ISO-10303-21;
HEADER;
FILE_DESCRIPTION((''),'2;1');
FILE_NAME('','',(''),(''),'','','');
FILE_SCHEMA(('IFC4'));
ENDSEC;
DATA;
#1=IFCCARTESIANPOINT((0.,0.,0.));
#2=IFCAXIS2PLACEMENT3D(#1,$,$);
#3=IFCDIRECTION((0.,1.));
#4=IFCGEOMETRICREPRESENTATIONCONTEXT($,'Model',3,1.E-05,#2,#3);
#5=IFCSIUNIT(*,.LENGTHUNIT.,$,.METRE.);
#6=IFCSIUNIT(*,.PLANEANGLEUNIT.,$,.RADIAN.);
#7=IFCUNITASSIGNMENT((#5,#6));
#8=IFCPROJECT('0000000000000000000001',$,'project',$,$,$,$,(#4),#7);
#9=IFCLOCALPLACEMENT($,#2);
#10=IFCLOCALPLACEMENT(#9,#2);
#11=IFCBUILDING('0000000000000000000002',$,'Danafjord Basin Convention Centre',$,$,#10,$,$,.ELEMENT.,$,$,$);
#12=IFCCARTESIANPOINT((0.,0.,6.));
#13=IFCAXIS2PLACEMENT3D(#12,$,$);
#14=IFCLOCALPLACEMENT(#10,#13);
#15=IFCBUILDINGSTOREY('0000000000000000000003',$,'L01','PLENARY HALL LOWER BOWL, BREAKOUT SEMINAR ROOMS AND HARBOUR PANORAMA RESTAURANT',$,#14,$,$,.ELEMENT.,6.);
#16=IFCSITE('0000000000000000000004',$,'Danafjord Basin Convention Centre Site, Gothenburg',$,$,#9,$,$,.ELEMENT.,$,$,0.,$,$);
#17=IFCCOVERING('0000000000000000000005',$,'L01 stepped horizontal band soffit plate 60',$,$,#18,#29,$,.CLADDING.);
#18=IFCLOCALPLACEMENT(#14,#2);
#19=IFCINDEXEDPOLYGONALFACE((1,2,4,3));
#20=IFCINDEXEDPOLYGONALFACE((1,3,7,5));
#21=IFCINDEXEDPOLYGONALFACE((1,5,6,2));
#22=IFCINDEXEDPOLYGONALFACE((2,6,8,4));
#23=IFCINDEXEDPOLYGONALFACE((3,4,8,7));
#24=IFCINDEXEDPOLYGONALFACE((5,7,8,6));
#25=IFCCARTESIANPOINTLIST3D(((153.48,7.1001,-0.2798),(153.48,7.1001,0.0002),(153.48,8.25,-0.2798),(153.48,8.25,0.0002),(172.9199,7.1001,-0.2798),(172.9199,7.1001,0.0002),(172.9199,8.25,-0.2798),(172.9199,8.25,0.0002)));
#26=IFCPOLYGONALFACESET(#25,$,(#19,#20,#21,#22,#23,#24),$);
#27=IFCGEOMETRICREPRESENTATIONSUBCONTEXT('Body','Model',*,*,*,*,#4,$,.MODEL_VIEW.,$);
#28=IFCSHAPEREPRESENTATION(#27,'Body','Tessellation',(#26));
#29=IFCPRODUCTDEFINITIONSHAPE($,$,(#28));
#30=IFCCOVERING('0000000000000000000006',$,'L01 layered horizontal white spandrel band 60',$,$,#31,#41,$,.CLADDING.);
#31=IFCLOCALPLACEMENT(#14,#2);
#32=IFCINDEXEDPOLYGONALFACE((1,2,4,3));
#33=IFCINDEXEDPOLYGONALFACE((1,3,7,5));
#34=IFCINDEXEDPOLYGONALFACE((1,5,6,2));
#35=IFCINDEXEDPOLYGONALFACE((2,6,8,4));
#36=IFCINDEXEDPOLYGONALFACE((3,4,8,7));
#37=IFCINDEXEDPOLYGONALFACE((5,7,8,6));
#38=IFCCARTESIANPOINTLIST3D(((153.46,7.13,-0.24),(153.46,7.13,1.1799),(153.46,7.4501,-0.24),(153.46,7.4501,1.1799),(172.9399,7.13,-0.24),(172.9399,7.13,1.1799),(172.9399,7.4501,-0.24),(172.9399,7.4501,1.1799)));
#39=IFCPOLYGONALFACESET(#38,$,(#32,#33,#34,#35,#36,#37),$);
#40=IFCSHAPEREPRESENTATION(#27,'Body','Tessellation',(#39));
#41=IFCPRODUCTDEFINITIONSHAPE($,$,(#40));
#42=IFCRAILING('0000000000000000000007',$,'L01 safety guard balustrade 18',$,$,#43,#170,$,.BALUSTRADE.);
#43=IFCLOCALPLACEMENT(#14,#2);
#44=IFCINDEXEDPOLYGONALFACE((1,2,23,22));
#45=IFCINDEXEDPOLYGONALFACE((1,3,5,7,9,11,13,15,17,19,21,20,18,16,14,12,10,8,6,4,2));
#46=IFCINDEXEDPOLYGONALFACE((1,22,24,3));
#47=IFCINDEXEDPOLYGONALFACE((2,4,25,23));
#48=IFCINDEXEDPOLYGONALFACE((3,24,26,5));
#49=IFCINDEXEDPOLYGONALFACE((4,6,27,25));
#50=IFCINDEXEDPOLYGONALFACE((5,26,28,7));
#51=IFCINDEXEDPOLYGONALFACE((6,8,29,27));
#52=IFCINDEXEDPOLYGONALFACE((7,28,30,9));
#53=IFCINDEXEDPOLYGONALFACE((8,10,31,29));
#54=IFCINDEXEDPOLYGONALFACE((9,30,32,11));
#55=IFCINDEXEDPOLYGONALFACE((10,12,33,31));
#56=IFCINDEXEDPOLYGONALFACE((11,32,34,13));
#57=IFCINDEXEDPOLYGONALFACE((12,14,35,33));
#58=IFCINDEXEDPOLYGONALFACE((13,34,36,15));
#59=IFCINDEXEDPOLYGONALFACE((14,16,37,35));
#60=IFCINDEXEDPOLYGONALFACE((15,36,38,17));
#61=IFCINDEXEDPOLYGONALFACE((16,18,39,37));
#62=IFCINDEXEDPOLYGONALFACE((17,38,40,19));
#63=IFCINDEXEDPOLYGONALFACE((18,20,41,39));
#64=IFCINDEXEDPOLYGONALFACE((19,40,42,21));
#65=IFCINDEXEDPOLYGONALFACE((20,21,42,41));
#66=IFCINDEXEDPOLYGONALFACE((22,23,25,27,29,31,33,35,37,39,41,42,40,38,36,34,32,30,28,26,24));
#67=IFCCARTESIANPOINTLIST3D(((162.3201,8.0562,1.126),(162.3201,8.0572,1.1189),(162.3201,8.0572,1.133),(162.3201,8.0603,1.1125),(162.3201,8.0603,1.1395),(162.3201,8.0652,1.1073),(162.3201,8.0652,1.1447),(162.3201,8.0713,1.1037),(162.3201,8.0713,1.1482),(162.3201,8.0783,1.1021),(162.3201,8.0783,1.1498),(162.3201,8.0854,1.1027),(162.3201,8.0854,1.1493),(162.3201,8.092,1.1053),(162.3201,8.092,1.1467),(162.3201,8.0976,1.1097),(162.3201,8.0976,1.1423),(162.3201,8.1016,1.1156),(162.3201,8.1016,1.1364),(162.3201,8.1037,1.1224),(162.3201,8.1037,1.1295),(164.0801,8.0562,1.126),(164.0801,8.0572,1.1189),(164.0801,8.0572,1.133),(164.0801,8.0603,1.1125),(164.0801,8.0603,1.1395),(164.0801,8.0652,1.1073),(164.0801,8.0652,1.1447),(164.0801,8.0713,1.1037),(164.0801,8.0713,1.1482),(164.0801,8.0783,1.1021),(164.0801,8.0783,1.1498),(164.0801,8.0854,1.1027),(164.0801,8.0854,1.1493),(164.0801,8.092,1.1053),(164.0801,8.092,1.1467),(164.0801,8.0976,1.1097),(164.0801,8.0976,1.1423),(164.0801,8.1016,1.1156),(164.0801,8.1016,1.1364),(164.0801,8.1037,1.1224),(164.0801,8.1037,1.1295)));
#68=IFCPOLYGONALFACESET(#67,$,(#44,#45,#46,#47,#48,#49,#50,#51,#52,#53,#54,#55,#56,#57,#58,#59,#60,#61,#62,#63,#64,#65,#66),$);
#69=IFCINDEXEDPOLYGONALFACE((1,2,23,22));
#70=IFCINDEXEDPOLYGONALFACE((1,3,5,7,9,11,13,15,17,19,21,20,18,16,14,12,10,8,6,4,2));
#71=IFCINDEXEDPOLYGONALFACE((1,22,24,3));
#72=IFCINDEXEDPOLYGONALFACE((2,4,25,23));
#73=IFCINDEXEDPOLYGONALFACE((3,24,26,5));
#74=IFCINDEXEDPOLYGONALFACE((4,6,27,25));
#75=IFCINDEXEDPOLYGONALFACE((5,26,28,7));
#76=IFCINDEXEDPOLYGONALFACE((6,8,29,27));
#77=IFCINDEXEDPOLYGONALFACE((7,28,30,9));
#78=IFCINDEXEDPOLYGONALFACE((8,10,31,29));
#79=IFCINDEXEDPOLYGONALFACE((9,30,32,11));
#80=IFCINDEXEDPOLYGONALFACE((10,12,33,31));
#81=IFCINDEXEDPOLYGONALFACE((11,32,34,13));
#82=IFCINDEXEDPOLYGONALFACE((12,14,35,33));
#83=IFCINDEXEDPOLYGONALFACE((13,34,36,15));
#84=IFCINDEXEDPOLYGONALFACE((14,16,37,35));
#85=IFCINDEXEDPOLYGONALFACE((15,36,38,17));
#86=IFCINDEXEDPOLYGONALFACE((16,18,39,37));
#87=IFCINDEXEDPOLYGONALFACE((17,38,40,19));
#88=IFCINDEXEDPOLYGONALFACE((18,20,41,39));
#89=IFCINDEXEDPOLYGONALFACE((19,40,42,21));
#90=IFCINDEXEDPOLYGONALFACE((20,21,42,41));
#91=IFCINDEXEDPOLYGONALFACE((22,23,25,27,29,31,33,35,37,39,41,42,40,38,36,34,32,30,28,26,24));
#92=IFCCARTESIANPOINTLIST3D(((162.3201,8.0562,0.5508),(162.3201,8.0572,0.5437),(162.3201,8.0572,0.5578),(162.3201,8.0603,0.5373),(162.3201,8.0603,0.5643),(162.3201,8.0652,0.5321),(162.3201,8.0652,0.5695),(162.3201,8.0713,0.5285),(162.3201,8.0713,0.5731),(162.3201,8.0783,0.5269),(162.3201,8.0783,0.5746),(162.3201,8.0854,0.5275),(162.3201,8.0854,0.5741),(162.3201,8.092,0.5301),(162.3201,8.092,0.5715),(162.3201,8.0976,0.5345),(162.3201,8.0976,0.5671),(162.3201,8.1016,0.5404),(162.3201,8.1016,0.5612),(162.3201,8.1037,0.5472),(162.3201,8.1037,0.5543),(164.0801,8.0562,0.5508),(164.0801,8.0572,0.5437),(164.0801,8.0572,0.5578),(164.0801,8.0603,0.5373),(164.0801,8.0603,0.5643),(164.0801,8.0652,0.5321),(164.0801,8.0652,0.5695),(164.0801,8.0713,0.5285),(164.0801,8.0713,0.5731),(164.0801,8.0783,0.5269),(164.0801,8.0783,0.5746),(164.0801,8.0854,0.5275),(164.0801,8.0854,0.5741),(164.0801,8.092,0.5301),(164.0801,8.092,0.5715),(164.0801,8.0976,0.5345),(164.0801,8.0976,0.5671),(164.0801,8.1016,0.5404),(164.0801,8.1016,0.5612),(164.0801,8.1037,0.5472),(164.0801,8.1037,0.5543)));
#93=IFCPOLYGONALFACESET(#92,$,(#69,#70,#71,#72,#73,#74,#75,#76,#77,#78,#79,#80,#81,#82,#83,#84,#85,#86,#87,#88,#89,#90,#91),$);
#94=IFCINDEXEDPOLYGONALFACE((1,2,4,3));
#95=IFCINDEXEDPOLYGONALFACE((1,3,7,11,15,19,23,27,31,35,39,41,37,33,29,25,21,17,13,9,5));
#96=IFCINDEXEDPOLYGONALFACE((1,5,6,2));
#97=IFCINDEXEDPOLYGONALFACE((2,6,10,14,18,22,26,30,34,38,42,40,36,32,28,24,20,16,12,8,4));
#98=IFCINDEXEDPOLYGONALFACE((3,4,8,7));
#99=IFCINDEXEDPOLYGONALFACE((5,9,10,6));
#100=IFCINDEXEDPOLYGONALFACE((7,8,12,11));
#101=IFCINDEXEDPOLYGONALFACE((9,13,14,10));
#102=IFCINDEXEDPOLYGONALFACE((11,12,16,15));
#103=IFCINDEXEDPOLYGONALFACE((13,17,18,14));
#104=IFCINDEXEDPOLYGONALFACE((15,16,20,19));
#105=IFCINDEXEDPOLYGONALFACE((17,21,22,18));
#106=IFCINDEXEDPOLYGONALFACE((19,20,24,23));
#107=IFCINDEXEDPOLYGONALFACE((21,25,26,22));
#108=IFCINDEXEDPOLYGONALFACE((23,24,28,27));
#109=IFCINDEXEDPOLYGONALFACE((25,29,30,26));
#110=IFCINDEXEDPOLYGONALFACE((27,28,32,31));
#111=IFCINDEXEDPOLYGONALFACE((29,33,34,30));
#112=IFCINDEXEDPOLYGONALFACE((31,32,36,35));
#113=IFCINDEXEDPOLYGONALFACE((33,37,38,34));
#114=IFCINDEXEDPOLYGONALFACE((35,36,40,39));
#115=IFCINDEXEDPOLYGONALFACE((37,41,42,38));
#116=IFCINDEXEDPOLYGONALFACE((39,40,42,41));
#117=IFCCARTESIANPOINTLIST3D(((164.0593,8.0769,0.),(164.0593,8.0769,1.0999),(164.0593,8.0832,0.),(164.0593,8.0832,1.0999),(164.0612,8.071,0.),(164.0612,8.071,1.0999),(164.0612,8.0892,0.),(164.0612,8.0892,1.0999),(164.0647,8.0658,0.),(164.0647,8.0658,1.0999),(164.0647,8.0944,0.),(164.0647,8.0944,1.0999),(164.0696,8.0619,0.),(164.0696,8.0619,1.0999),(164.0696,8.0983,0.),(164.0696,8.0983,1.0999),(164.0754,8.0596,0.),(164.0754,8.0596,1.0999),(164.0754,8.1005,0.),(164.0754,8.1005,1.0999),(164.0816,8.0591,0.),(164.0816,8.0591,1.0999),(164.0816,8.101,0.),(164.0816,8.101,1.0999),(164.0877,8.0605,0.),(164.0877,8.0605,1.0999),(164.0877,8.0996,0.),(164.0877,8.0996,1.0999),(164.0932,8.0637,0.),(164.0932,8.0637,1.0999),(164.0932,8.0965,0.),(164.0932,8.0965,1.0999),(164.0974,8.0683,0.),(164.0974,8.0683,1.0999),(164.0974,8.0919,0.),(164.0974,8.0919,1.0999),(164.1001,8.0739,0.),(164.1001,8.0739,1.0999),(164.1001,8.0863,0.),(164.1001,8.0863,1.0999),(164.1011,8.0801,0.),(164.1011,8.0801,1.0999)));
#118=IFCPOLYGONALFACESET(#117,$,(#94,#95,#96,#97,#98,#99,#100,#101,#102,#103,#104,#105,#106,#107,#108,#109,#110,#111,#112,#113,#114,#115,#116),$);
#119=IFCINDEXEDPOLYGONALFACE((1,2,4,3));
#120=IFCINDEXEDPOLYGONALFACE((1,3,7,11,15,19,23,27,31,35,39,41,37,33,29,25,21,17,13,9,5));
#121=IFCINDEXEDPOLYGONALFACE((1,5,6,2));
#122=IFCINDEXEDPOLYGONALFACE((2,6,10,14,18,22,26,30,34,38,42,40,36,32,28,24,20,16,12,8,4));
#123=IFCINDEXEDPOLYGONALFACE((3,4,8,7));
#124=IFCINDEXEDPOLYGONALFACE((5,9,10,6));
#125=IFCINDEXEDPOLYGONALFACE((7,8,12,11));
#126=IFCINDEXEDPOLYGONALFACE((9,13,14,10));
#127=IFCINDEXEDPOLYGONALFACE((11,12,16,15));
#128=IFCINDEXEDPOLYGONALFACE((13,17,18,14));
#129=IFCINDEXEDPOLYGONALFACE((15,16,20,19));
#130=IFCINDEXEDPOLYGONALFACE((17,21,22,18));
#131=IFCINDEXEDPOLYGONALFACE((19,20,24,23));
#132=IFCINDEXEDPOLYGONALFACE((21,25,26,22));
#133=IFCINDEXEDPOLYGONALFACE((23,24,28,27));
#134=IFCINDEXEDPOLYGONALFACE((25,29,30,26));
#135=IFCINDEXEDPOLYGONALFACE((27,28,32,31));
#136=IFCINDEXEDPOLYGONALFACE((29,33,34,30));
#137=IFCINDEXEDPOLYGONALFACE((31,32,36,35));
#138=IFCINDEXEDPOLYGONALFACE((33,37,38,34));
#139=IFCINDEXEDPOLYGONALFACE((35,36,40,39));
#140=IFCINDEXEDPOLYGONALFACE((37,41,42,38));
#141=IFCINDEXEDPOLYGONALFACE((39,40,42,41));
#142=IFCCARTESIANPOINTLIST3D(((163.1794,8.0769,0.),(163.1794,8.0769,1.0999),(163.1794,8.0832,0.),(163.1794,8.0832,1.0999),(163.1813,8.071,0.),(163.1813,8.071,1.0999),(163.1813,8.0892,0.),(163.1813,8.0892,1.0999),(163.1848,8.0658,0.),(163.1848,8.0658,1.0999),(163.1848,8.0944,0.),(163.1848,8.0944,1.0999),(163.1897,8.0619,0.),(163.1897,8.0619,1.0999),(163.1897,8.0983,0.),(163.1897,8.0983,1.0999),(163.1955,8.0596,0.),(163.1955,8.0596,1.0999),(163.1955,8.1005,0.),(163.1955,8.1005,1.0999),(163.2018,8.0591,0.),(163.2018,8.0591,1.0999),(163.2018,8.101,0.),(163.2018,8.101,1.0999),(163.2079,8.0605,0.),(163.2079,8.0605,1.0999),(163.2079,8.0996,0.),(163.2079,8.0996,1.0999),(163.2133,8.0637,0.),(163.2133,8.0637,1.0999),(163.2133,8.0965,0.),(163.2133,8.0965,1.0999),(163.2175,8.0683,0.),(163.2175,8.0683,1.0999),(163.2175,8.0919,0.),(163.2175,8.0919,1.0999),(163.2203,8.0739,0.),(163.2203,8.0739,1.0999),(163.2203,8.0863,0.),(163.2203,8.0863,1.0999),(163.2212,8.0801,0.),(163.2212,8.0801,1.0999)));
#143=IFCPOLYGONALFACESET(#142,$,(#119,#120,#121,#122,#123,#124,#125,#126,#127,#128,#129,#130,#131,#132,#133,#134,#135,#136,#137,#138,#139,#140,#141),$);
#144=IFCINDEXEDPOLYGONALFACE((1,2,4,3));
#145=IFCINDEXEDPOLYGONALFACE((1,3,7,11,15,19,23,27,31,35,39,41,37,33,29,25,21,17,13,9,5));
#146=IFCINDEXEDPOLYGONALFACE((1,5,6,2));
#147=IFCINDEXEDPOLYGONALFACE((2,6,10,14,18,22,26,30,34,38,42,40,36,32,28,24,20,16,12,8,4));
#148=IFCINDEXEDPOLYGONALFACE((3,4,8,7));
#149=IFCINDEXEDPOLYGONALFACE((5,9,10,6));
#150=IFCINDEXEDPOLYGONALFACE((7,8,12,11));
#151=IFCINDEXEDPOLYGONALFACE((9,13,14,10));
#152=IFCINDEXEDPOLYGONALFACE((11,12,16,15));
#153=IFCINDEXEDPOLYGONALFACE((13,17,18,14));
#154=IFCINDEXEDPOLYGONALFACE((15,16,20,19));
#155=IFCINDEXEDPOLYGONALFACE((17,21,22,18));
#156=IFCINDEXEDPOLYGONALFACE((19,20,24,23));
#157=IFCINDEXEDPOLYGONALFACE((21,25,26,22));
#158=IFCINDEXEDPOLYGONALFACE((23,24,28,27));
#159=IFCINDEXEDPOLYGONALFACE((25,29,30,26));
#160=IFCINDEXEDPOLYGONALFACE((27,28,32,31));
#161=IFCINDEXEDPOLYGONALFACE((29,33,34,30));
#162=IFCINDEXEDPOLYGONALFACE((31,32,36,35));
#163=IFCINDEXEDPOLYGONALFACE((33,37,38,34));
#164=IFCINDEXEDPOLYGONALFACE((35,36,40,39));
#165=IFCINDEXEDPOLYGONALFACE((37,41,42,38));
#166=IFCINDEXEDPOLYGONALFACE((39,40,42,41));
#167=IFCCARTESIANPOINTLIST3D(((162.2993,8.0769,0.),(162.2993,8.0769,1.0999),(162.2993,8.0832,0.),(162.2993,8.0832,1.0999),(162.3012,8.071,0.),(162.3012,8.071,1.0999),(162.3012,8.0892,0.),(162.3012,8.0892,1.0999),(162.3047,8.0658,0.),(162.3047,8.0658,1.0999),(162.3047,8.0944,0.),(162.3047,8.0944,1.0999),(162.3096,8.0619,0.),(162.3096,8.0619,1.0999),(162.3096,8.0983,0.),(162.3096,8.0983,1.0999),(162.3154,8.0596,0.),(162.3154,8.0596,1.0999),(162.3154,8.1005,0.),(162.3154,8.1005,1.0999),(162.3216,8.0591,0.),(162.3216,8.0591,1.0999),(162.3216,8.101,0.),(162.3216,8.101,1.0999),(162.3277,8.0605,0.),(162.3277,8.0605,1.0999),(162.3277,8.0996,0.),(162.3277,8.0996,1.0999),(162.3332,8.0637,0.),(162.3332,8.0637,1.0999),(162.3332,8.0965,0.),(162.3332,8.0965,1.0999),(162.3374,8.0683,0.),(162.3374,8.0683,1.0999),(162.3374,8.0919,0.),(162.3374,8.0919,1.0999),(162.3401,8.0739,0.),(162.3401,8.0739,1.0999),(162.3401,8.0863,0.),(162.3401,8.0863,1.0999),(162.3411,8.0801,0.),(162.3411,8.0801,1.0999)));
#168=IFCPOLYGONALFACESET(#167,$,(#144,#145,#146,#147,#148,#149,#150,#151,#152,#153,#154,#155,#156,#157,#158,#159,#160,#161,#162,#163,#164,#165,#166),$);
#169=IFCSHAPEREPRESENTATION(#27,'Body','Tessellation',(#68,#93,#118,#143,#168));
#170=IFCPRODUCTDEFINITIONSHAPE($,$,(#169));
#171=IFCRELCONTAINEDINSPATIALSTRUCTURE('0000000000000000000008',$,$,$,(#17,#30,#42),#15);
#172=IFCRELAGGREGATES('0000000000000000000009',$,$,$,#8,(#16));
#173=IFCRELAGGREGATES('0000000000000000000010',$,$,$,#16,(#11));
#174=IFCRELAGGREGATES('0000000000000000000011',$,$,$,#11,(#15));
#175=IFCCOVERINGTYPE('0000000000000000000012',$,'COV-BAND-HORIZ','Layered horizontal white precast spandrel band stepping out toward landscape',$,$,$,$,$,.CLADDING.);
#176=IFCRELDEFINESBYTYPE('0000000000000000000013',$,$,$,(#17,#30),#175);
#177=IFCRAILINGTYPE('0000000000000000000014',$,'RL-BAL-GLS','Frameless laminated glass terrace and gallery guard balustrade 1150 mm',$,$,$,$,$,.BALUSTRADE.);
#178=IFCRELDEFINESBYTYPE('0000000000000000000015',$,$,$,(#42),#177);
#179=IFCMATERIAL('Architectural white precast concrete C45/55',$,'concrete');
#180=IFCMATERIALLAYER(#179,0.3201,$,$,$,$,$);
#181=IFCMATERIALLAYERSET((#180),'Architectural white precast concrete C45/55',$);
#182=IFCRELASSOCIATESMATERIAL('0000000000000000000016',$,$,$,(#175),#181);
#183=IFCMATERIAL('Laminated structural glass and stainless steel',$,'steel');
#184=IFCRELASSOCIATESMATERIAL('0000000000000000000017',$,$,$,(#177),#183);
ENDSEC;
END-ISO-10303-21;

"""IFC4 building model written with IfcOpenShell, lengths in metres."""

from ifc_helpers import new_model, si_unit, direction, frame, origin, origin_2d, place, context, subcontext, project, spatial, rectangle, circle, extrude, material, layer, layer_set, type_object, element, save


model = new_model("IFC4")

# Units and contexts
model_context = context("Model", 3, precision=1e-05, world=origin(), true_north=direction((0.0, 1.0)))
body_context = subcontext(model_context, "Body", "Model", "MODEL_VIEW")
ifc_project = project(units=[si_unit("LENGTHUNIT", "METRE"), si_unit("PLANEANGLEUNIT", "RADIAN")], contexts=[model_context])

# Site, building, storey
site_placement = place(None, origin())
site = spatial("IfcSite", under=ifc_project, at=site_placement, Name="Danafjord Basin Convention Centre Site, Gothenburg", CompositionType="ELEMENT", RefElevation=0.0)
building_placement = place(site_placement, origin())
building = spatial("IfcBuilding", under=site, at=building_placement, Name="Danafjord Basin Convention Centre", CompositionType="ELEMENT")
storey_placement = place(building_placement, frame((0.0, 0.0, 6.0)))
storey = spatial("IfcBuildingStorey", under=building, at=storey_placement, Name="L01", Description="PLENARY HALL LOWER BOWL, BREAKOUT SEMINAR ROOMS AND HARBOUR PANORAMA RESTAURANT", CompositionType="ELEMENT", Elevation=6.0)

# Coverings
ifc_material_1 = material(Name="Architectural white precast concrete C45/55", Category="concrete")
ifc_layer_1 = layer(ifc_material_1, 0.3201)
ifc_layer_set_1 = layer_set([ifc_layer_1], Name="Architectural white precast concrete C45/55")
covering_type = type_object("IfcCoveringType", Name="COV-BAND-HORIZ", Description="Layered horizontal white precast spandrel band stepping out toward landscape", PredefinedType="CLADDING", material=ifc_layer_set_1)
covering_1_placement = place(storey_placement, frame((163.2, 7.675, -0.2798), z_axis=(0.0, 0.0, 1.0), x_axis=(1.0, 0.0, 0.0)))
element("IfcCovering", 1, at=covering_1_placement, inside=storey, type_object=covering_type, Name="L01 stepped horizontal band soffit plate 60", PredefinedType="CLADDING", context=body_context, shape_type="SweptSolid", body=[
    extrude(rectangle(XDim=19.4399, YDim=1.1499, at=origin_2d()), origin(), (0.0, 0.0, 1.0), 0.28),
])
covering_2_placement = place(storey_placement, frame((163.2, 7.29, -0.24), z_axis=(0.0, 0.0, 1.0), x_axis=(1.0, 0.0, 0.0)))
element("IfcCovering", 2, at=covering_2_placement, inside=storey, type_object=covering_type, Name="L01 layered horizontal white spandrel band 60", PredefinedType="CLADDING", context=body_context, shape_type="SweptSolid", body=[
    extrude(rectangle(XDim=19.48, YDim=0.3201, at=origin_2d()), origin(), (0.0, 0.0, 1.0), 1.4199),
])

# Railing
ifc_material_2 = material(Name="Laminated structural glass and stainless steel", Category="steel")
railing_type = type_object("IfcRailingType", Name="RL-BAL-GLS", Description="Frameless laminated glass terrace and gallery guard balustrade 1150 mm", PredefinedType="BALUSTRADE", material=ifc_material_2)
railing_1_placement = place(storey_placement, frame((164.0801, 8.0801, 0.0)))
element("IfcRailing", 3, at=railing_1_placement, inside=storey, type_object=railing_type, Name="L01 safety guard balustrade 18", PredefinedType="BALUSTRADE", context=body_context, shape_type="SweptSolid", body=[
    extrude(circle(Radius=0.0239, at=origin_2d()), frame((0.0, 0.0, 1.126), z_axis=(-1.0, 0.0, 0.0), x_axis=(0.0, -1.0, 0.0)), (0.0, 0.0, 1.0), 1.76),
    extrude(circle(Radius=0.0239, at=origin_2d()), frame((0.0, 0.0, 0.5508), z_axis=(-1.0, 0.0, 0.0), x_axis=(0.0, -1.0, 0.0)), (0.0, 0.0, 1.0), 1.76),
    extrude(circle(Radius=0.021, at=origin_2d()), origin(), (0.0, 0.0, 1.0), 1.0999),
    extrude(circle(Radius=0.021, at=origin_2d()), frame((-0.8799, 0.0, 0.0)), (0.0, 0.0, 1.0), 1.0999),
    extrude(circle(Radius=0.021, at=origin_2d()), frame((-1.76, 0.0, 0.0)), (0.0, 0.0, 1.0), 1.0999),
])

save(model, "model.ifc")
